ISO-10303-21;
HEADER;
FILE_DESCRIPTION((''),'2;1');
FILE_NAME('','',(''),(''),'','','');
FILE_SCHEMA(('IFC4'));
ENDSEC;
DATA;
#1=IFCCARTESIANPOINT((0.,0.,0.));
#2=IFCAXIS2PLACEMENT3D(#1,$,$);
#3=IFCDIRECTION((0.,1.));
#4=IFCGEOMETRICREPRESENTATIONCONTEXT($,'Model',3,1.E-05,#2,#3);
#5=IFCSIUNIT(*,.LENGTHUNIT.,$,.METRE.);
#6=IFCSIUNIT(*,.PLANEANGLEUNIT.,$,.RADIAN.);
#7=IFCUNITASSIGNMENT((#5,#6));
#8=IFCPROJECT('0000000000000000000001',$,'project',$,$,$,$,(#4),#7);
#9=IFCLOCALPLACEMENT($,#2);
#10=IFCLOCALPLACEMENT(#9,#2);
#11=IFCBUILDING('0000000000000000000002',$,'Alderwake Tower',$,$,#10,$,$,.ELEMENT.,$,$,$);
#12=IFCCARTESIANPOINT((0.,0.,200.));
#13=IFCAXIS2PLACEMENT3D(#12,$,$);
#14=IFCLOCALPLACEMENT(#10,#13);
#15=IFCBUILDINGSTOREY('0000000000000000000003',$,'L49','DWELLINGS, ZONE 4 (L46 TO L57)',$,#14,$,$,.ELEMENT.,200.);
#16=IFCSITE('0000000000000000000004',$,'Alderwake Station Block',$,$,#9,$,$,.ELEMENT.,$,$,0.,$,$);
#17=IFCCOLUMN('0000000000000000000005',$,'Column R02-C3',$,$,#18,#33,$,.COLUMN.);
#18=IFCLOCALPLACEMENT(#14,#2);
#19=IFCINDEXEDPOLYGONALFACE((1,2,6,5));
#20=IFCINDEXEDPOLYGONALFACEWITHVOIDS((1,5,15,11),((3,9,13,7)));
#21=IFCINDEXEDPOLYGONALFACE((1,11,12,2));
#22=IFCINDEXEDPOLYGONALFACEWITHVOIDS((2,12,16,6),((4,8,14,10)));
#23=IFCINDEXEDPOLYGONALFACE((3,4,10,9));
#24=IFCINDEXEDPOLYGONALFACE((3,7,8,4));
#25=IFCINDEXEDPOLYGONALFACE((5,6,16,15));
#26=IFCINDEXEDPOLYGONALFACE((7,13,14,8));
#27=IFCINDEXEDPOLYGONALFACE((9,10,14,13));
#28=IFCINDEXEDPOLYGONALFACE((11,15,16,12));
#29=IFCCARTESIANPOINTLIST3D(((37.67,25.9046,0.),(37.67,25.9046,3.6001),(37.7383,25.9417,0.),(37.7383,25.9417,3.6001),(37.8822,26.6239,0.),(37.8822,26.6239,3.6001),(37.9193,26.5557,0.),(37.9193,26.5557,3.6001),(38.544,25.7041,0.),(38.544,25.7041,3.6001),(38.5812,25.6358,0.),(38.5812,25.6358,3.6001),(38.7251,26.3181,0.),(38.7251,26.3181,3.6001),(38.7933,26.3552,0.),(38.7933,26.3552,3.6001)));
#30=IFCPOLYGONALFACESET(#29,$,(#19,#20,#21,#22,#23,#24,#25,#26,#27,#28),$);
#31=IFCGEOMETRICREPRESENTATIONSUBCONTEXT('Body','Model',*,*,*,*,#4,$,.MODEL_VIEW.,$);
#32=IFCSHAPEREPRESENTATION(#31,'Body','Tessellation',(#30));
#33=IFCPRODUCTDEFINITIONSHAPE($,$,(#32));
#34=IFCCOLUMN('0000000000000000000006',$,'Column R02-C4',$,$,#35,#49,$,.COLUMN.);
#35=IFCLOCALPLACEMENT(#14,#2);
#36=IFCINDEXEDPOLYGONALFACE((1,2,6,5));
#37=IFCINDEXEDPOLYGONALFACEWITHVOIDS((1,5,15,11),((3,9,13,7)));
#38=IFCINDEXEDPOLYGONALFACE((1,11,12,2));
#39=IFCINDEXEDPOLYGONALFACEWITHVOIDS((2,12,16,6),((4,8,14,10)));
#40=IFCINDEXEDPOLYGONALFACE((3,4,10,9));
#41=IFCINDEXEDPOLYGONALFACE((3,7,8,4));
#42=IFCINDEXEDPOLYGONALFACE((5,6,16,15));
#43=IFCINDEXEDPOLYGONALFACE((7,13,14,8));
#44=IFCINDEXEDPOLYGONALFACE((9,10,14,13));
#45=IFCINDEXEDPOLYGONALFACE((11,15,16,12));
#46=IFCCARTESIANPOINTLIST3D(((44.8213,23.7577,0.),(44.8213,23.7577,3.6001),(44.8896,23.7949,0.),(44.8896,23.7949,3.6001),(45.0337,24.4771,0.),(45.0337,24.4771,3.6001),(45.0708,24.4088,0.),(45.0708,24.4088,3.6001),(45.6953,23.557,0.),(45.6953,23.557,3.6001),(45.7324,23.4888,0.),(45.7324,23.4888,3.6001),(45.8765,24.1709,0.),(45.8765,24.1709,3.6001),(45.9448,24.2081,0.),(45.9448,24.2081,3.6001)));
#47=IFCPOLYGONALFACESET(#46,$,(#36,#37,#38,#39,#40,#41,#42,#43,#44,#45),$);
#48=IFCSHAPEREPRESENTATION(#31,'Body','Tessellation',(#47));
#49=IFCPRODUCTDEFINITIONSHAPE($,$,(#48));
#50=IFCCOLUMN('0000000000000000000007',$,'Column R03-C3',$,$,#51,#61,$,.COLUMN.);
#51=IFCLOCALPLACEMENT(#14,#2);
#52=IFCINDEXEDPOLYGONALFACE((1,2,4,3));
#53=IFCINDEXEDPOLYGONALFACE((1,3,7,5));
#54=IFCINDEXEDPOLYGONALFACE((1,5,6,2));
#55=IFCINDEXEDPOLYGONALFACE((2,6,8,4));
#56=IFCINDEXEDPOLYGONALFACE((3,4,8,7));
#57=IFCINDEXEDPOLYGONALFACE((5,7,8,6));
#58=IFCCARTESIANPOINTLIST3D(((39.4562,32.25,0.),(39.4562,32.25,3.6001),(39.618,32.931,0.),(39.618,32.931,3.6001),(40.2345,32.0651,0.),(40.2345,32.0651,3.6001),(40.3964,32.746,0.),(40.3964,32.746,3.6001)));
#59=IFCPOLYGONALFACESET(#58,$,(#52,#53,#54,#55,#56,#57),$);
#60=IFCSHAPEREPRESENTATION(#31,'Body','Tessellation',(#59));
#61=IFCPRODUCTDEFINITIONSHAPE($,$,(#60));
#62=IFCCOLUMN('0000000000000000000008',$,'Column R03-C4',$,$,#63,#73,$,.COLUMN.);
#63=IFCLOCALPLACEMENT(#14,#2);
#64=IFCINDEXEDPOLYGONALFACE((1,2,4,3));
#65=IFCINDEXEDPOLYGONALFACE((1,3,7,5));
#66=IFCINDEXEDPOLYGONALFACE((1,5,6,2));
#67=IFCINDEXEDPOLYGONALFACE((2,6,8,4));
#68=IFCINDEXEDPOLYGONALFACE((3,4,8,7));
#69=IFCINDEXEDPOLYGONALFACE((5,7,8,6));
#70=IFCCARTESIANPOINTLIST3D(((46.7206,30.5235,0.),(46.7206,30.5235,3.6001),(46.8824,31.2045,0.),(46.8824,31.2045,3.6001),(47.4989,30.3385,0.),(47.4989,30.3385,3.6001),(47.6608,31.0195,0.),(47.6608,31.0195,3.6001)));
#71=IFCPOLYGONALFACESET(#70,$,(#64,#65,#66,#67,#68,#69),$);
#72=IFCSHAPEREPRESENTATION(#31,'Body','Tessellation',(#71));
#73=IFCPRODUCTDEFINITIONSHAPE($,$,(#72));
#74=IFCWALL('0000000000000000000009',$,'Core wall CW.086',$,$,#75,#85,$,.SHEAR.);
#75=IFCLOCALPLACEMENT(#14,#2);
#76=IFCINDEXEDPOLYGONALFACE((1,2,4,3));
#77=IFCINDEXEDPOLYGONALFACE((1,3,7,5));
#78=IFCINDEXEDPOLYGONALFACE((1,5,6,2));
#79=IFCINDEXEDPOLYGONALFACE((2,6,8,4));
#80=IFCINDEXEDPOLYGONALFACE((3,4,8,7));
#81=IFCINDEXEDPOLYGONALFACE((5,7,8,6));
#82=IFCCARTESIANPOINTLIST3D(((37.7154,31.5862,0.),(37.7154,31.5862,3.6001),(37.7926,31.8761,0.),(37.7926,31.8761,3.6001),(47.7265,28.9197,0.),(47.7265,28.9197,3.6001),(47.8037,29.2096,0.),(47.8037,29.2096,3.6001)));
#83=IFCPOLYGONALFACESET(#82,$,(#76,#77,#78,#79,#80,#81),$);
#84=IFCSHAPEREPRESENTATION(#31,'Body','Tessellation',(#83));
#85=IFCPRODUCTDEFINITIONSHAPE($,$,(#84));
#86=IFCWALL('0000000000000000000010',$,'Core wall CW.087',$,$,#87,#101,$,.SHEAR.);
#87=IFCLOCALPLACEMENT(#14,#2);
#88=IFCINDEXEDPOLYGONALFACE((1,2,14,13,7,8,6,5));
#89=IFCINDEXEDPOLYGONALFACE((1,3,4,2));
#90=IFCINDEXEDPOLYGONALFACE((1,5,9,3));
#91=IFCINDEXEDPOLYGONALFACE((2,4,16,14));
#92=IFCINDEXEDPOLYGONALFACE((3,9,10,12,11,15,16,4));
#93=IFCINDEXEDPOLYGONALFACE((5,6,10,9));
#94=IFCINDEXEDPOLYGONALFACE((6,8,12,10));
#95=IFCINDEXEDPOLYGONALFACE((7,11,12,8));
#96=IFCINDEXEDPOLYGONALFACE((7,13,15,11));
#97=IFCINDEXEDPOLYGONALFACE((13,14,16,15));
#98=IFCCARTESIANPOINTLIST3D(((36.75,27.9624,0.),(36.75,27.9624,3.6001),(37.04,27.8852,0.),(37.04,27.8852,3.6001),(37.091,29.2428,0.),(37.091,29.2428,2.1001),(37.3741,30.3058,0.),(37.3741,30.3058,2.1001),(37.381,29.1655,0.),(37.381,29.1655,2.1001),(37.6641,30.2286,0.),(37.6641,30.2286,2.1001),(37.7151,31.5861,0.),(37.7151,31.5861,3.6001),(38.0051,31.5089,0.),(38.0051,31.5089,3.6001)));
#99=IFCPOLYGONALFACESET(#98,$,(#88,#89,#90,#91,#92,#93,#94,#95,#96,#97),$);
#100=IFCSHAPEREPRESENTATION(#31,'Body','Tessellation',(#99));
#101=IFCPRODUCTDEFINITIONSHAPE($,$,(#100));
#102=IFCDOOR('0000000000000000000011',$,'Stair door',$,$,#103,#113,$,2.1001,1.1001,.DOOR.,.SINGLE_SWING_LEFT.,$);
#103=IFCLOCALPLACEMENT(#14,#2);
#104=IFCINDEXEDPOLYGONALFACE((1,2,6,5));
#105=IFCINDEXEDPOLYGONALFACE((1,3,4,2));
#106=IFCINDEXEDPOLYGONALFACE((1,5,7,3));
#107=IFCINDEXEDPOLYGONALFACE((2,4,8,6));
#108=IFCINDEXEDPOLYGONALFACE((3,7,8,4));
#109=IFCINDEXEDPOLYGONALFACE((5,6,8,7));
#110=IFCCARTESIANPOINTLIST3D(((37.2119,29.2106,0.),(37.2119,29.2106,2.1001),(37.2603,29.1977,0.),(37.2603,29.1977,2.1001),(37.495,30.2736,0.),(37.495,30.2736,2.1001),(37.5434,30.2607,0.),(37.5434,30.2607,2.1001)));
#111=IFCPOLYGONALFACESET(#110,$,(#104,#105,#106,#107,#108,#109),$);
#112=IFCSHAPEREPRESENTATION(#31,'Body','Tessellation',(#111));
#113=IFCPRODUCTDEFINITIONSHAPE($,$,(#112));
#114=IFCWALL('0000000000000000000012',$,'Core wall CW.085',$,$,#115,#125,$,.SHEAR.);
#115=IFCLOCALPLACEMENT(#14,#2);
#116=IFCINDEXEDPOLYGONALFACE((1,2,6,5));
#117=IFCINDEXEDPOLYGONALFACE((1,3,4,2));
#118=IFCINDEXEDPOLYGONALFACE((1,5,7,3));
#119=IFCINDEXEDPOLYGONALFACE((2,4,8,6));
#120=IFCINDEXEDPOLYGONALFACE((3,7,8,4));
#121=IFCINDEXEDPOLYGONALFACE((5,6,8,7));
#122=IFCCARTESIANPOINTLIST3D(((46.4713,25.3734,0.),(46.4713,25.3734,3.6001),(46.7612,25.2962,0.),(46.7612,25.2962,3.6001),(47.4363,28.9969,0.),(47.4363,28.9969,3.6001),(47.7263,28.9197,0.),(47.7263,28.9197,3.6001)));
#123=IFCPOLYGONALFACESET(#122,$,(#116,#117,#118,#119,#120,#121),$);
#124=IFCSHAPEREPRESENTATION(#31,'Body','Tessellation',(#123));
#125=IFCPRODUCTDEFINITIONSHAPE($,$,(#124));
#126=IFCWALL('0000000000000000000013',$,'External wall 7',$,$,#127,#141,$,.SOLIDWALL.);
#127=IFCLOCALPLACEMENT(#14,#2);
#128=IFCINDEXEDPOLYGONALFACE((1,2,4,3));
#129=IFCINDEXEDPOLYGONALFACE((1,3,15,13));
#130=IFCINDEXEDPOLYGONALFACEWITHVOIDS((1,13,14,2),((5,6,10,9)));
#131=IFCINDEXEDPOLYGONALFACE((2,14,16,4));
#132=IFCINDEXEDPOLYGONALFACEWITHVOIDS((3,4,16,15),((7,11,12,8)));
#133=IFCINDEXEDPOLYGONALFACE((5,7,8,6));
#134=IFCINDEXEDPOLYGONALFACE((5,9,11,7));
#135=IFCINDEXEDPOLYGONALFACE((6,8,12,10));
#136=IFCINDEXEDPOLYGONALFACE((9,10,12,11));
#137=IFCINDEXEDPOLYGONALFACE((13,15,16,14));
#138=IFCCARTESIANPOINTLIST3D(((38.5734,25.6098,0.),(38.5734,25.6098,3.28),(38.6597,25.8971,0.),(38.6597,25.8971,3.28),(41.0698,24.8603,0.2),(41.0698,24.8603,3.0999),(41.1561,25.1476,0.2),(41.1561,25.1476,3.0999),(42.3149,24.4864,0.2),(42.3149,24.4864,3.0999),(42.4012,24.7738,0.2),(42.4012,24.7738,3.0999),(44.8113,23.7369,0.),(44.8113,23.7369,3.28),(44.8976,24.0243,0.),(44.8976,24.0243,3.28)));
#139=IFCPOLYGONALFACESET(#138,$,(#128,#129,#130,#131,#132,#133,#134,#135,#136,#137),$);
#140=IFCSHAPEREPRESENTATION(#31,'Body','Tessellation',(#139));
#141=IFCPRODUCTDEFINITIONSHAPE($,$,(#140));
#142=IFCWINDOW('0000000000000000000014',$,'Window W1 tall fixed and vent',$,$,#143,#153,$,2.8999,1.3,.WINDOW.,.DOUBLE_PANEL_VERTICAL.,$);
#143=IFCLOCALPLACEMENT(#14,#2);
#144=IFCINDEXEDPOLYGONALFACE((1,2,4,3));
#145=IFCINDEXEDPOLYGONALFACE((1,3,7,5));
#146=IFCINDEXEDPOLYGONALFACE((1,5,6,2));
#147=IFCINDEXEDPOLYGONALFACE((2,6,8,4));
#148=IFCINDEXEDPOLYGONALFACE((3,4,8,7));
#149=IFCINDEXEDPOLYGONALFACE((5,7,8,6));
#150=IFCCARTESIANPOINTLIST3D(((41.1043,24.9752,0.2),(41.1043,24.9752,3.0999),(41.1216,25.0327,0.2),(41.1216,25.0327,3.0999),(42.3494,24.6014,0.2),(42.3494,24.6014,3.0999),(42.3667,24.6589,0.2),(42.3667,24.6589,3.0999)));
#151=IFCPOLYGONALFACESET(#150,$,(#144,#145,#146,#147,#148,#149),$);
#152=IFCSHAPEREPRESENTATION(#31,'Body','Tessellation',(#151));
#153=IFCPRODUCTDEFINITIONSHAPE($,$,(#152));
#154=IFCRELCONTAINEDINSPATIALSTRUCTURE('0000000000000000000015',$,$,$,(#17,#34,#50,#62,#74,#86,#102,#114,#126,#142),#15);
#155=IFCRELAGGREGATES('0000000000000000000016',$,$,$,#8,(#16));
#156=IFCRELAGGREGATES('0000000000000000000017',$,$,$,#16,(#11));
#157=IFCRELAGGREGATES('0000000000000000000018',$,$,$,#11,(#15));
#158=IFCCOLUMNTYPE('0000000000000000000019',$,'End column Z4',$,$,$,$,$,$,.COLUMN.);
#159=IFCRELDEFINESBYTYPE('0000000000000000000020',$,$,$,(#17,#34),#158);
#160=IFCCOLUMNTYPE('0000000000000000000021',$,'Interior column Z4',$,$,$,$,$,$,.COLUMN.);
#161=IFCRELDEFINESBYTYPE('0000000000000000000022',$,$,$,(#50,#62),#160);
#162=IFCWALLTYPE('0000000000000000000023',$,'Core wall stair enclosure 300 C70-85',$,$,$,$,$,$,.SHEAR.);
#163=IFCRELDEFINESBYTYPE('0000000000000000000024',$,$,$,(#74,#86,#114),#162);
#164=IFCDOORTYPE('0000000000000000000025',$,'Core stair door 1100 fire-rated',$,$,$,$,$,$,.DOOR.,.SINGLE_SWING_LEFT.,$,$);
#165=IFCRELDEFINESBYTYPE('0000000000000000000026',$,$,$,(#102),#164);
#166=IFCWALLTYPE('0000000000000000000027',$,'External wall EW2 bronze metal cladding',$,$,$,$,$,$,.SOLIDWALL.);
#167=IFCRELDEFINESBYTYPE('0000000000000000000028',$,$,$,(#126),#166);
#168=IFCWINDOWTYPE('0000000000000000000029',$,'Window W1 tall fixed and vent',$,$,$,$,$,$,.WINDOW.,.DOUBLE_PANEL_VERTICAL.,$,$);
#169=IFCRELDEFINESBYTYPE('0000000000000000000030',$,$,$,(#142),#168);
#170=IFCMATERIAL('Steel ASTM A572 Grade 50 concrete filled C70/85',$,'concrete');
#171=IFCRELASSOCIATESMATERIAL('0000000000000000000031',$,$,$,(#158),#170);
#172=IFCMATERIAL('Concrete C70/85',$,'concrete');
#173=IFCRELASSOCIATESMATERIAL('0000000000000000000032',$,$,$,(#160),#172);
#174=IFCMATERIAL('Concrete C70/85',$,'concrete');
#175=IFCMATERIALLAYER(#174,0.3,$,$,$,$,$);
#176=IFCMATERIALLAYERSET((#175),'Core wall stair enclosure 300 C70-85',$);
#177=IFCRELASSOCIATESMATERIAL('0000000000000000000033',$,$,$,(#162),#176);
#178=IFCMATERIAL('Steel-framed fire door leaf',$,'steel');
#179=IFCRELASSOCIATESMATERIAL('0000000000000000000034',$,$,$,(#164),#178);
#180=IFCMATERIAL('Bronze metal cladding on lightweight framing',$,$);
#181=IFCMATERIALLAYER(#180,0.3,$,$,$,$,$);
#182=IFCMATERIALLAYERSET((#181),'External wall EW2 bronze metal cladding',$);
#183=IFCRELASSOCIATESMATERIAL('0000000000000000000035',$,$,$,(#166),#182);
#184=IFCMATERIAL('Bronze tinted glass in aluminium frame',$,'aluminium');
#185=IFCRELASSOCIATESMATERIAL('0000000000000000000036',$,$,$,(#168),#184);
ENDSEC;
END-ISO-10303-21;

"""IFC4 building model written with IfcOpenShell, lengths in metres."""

from ifc_helpers import new_model, si_unit, direction, frame, frame_2d, origin, origin_2d, place, context, subcontext, project, spatial, rectangle, hollow_rectangle, extrude, material, layer, layer_set, material_profile, profile_set, type_object, element, fill, save


model = new_model("IFC4")

# Units and contexts
model_context = context("Model", 3, precision=1e-05, world=origin(), true_north=direction((0.0, 1.0)))
body_context = subcontext(model_context, "Body", "Model", "MODEL_VIEW")
ifc_project = project(units=[si_unit("LENGTHUNIT", "METRE"), si_unit("PLANEANGLEUNIT", "RADIAN")], contexts=[model_context])

# Site, building, storey
site_placement = place(None, origin())
site = spatial("IfcSite", under=ifc_project, at=site_placement, Name="Alderwake Station Block", CompositionType="ELEMENT", RefElevation=0.0)
building_placement = place(site_placement, origin())
building = spatial("IfcBuilding", under=site, at=building_placement, Name="Alderwake Tower", CompositionType="ELEMENT")
storey_placement = place(building_placement, frame((0.0, 0.0, 200.0)))
storey = spatial("IfcBuildingStorey", under=building, at=storey_placement, Name="L49", Description="DWELLINGS, ZONE 4 (L46 TO L57)", CompositionType="ELEMENT", Elevation=200.0)

# Columns
ifc_material_1 = material(Name="Steel ASTM A572 Grade 50 concrete filled C70/85", Category="concrete")
ifc_material_profile_1 = material_profile(ifc_material_1, hollow_rectangle(XDim=0.75, YDim=0.95, WallThickness=0.0549, at=origin_2d()), Name="BOX 950X750X55")
ifc_profile_set_1 = profile_set([ifc_material_profile_1], Name="Steel ASTM A572 Grade 50 concrete filled C70/85")
column_type_1 = type_object("IfcColumnType", Name="End column Z4", PredefinedType="COLUMN", material=ifc_profile_set_1)
for number, where, z_axis, x_axis, name in (
    (1, (38.2317, 26.1299, 0.0), (0.0, 0.0, 1.0), (0.282884, 0.959154, 0.0), "Column R02-C3"),
    (2, (45.3831, 23.9829, 0.0), (0.0, 0.0, 1.0), (0.28315, 0.959076, 0.0), "Column R02-C4"),
):
    element("IfcColumn", number, at=place(storey_placement, frame(where, z_axis=z_axis, x_axis=x_axis)), inside=storey, type_object=column_type_1, Name=name, PredefinedType="COLUMN", context=body_context, shape_type="SweptSolid", body=[
        extrude(hollow_rectangle(XDim=0.75, YDim=0.95, WallThickness=0.0549, at=origin_2d()), origin(), (0.0, 0.0, 1.0), 3.6001),
    ])
ifc_material_2 = material(Name="Concrete C70/85", Category="concrete")
ifc_material_profile_2 = material_profile(ifc_material_2, rectangle(XDim=0.7, YDim=0.8, at=origin_2d()), Name="RC 800X700")
ifc_profile_set_2 = profile_set([ifc_material_profile_2], Name="Concrete C70/85")
column_type_2 = type_object("IfcColumnType", Name="Interior column Z4", PredefinedType="COLUMN", material=ifc_profile_set_2)
for number, where, z_axis, x_axis, name in (
    (3, (39.9263, 32.498, 0.0), (0.0, 0.0, 1.0), (0.231222, 0.972901, 0.0), "Column R03-C3"),
    (4, (47.1907, 30.7715, 0.0), (0.0, 0.0, 1.0), (0.231222, 0.972901, 0.0), "Column R03-C4"),
):
    element("IfcColumn", number, at=place(storey_placement, frame(where, z_axis=z_axis, x_axis=x_axis)), inside=storey, type_object=column_type_2, Name=name, PredefinedType="COLUMN", context=body_context, shape_type="SweptSolid", body=[
        extrude(rectangle(XDim=0.7, YDim=0.8, at=origin_2d()), origin(), (0.0, 0.0, 1.0), 3.6001),
    ])

# Wall
ifc_material_3 = material(Name="Concrete C70/85", Category="concrete")
ifc_layer_1 = layer(ifc_material_3, 0.3)
ifc_layer_set_1 = layer_set([ifc_layer_1], Name="Core wall stair enclosure 300 C70-85")
wall_type_1 = type_object("IfcWallType", Name="Core wall stair enclosure 300 C70-85", PredefinedType="SHEAR", material=ifc_layer_set_1)
wall_1_placement = place(storey_placement, frame((37.7539, 31.7312, 0.0), z_axis=(0.0, 0.0, 1.0), x_axis=(0.966309, -0.257384, 0.0)))
element("IfcWall", 5, at=wall_1_placement, inside=storey, type_object=wall_type_1, Name="Core wall CW.086", PredefinedType="SHEAR", context=body_context, shape_type="SweptSolid", body=[
    extrude(rectangle(XDim=10.3601, YDim=0.3, at=frame_2d((5.1802, 0.0))), origin(), (0.0, 0.0, 1.0), 3.6001),
])

# Wall, opening, door
wall_2_placement = place(storey_placement, frame((36.895, 27.9238, 0.0), z_axis=(0.0, 0.0, 1.0), x_axis=(0.257351, 0.966318, 0.0)))
wall_2 = element("IfcWall", 6, at=wall_2_placement, inside=storey, type_object=wall_type_1, Name="Core wall CW.087", PredefinedType="SHEAR", context=body_context, shape_type="SweptSolid", body=[
    extrude(rectangle(XDim=3.75, YDim=0.3, at=frame_2d((1.875, 0.0))), origin(), (0.0, 0.0, 1.0), 3.6001),
])
opening_1_placement = place(wall_2_placement, frame((1.325, 0.0, 0.0)))
opening_1 = element("IfcOpeningElement", 7, at=opening_1_placement, cuts=wall_2, PredefinedType="OPENING", context=body_context, shape_type="SweptSolid", body=[
    extrude(rectangle(XDim=1.1001, YDim=2.1001, at=frame_2d((0.55, 1.05))), frame((0.0, 0.1599, 0.0), z_axis=(0.0, -1.0, 0.0), x_axis=(1.0, 0.0, 0.0)), (0.0, 0.0, 1.0), 0.3201),
])
ifc_material_4 = material(Name="Steel-framed fire door leaf", Category="steel")
door_type = type_object("IfcDoorType", Name="Core stair door 1100 fire-rated", OperationType="SINGLE_SWING_LEFT", PredefinedType="DOOR", material=ifc_material_4)
door_placement = place(opening_1_placement, origin())
door = element("IfcDoor", 8, at=door_placement, inside=storey, type_object=door_type, Name="Stair door", OperationType="SINGLE_SWING_LEFT", OverallHeight=2.1001, OverallWidth=1.1001, PredefinedType="DOOR", context=body_context, shape_type="SweptSolid", body=[
    extrude(rectangle(XDim=1.1001, YDim=2.1001, at=frame_2d((0.55, 1.05))), frame((0.0, 0.0249, 0.0), z_axis=(0.0, -1.0, 0.0), x_axis=(1.0, 0.0, 0.0)), (0.0, 0.0, 1.0), 0.05),
])
fill(opening_1, door)

# Wall
wall_3_placement = place(storey_placement, frame((46.6162, 25.3347, 0.0), z_axis=(0.0, 0.0, 1.0), x_axis=(0.257367, 0.966314, 0.0)))
element("IfcWall", 9, at=wall_3_placement, inside=storey, type_object=wall_type_1, Name="Core wall CW.085", PredefinedType="SHEAR", context=body_context, shape_type="SweptSolid", body=[
    extrude(rectangle(XDim=3.7498, YDim=0.3, at=frame_2d((1.875, 0.0))), origin(), (0.0, 0.0, 1.0), 3.6001),
])

# Wall, opening, window
ifc_material_5 = material(Name="Bronze metal cladding on lightweight framing")
ifc_layer_2 = layer(ifc_material_5, 0.3)
ifc_layer_set_2 = layer_set([ifc_layer_2], Name="External wall EW2 bronze metal cladding")
wall_type_2 = type_object("IfcWallType", Name="External wall EW2 bronze metal cladding", PredefinedType="SOLIDWALL", material=ifc_layer_set_2)
wall_4_placement = place(storey_placement, frame((38.6167, 25.7534, 0.0), z_axis=(0.0, 0.0, 1.0), x_axis=(0.957764, -0.287554, 0.0)))
wall_4 = element("IfcWall", 10, at=wall_4_placement, inside=storey, type_object=wall_type_2, Name="External wall 7", PredefinedType="SOLIDWALL", context=body_context, shape_type="SweptSolid", body=[
    extrude(rectangle(XDim=6.5129, YDim=0.3, at=frame_2d((3.2563, 0.0))), origin(), (0.0, 0.0, 1.0), 3.28),
])
opening_2_placement = place(wall_4_placement, frame((2.6064, 0.0, 0.2)))
opening_2 = element("IfcOpeningElement", 11, at=opening_2_placement, cuts=wall_4, PredefinedType="OPENING", context=body_context, shape_type="SweptSolid", body=[
    extrude(rectangle(XDim=1.3, YDim=2.8999, at=frame_2d((0.6499, 1.45))), frame((0.0, 0.1599, 0.0), z_axis=(0.0, -1.0, 0.0), x_axis=(1.0, 0.0, 0.0)), (0.0, 0.0, 1.0), 0.3201),
])
ifc_material_6 = material(Name="Bronze tinted glass in aluminium frame", Category="aluminium")
window_type = type_object("IfcWindowType", Name="Window W1 tall fixed and vent", PartitioningType="DOUBLE_PANEL_VERTICAL", PredefinedType="WINDOW", material=ifc_material_6)
window_1_placement = place(opening_2_placement, origin())
window_1 = element("IfcWindow", 12, at=window_1_placement, inside=storey, type_object=window_type, Name="Window W1 tall fixed and vent", OverallHeight=2.8999, OverallWidth=1.3, PartitioningType="DOUBLE_PANEL_VERTICAL", PredefinedType="WINDOW", context=body_context, shape_type="SweptSolid", body=[
    extrude(rectangle(XDim=1.3, YDim=2.8999, at=frame_2d((0.6499, 1.45))), frame((0.0, 0.03, 0.0), z_axis=(0.0, -1.0, 0.0), x_axis=(1.0, 0.0, 0.0)), (0.0, 0.0, 1.0), 0.0601),
])
fill(opening_2, window_1)

save(model, "model.ifc")
